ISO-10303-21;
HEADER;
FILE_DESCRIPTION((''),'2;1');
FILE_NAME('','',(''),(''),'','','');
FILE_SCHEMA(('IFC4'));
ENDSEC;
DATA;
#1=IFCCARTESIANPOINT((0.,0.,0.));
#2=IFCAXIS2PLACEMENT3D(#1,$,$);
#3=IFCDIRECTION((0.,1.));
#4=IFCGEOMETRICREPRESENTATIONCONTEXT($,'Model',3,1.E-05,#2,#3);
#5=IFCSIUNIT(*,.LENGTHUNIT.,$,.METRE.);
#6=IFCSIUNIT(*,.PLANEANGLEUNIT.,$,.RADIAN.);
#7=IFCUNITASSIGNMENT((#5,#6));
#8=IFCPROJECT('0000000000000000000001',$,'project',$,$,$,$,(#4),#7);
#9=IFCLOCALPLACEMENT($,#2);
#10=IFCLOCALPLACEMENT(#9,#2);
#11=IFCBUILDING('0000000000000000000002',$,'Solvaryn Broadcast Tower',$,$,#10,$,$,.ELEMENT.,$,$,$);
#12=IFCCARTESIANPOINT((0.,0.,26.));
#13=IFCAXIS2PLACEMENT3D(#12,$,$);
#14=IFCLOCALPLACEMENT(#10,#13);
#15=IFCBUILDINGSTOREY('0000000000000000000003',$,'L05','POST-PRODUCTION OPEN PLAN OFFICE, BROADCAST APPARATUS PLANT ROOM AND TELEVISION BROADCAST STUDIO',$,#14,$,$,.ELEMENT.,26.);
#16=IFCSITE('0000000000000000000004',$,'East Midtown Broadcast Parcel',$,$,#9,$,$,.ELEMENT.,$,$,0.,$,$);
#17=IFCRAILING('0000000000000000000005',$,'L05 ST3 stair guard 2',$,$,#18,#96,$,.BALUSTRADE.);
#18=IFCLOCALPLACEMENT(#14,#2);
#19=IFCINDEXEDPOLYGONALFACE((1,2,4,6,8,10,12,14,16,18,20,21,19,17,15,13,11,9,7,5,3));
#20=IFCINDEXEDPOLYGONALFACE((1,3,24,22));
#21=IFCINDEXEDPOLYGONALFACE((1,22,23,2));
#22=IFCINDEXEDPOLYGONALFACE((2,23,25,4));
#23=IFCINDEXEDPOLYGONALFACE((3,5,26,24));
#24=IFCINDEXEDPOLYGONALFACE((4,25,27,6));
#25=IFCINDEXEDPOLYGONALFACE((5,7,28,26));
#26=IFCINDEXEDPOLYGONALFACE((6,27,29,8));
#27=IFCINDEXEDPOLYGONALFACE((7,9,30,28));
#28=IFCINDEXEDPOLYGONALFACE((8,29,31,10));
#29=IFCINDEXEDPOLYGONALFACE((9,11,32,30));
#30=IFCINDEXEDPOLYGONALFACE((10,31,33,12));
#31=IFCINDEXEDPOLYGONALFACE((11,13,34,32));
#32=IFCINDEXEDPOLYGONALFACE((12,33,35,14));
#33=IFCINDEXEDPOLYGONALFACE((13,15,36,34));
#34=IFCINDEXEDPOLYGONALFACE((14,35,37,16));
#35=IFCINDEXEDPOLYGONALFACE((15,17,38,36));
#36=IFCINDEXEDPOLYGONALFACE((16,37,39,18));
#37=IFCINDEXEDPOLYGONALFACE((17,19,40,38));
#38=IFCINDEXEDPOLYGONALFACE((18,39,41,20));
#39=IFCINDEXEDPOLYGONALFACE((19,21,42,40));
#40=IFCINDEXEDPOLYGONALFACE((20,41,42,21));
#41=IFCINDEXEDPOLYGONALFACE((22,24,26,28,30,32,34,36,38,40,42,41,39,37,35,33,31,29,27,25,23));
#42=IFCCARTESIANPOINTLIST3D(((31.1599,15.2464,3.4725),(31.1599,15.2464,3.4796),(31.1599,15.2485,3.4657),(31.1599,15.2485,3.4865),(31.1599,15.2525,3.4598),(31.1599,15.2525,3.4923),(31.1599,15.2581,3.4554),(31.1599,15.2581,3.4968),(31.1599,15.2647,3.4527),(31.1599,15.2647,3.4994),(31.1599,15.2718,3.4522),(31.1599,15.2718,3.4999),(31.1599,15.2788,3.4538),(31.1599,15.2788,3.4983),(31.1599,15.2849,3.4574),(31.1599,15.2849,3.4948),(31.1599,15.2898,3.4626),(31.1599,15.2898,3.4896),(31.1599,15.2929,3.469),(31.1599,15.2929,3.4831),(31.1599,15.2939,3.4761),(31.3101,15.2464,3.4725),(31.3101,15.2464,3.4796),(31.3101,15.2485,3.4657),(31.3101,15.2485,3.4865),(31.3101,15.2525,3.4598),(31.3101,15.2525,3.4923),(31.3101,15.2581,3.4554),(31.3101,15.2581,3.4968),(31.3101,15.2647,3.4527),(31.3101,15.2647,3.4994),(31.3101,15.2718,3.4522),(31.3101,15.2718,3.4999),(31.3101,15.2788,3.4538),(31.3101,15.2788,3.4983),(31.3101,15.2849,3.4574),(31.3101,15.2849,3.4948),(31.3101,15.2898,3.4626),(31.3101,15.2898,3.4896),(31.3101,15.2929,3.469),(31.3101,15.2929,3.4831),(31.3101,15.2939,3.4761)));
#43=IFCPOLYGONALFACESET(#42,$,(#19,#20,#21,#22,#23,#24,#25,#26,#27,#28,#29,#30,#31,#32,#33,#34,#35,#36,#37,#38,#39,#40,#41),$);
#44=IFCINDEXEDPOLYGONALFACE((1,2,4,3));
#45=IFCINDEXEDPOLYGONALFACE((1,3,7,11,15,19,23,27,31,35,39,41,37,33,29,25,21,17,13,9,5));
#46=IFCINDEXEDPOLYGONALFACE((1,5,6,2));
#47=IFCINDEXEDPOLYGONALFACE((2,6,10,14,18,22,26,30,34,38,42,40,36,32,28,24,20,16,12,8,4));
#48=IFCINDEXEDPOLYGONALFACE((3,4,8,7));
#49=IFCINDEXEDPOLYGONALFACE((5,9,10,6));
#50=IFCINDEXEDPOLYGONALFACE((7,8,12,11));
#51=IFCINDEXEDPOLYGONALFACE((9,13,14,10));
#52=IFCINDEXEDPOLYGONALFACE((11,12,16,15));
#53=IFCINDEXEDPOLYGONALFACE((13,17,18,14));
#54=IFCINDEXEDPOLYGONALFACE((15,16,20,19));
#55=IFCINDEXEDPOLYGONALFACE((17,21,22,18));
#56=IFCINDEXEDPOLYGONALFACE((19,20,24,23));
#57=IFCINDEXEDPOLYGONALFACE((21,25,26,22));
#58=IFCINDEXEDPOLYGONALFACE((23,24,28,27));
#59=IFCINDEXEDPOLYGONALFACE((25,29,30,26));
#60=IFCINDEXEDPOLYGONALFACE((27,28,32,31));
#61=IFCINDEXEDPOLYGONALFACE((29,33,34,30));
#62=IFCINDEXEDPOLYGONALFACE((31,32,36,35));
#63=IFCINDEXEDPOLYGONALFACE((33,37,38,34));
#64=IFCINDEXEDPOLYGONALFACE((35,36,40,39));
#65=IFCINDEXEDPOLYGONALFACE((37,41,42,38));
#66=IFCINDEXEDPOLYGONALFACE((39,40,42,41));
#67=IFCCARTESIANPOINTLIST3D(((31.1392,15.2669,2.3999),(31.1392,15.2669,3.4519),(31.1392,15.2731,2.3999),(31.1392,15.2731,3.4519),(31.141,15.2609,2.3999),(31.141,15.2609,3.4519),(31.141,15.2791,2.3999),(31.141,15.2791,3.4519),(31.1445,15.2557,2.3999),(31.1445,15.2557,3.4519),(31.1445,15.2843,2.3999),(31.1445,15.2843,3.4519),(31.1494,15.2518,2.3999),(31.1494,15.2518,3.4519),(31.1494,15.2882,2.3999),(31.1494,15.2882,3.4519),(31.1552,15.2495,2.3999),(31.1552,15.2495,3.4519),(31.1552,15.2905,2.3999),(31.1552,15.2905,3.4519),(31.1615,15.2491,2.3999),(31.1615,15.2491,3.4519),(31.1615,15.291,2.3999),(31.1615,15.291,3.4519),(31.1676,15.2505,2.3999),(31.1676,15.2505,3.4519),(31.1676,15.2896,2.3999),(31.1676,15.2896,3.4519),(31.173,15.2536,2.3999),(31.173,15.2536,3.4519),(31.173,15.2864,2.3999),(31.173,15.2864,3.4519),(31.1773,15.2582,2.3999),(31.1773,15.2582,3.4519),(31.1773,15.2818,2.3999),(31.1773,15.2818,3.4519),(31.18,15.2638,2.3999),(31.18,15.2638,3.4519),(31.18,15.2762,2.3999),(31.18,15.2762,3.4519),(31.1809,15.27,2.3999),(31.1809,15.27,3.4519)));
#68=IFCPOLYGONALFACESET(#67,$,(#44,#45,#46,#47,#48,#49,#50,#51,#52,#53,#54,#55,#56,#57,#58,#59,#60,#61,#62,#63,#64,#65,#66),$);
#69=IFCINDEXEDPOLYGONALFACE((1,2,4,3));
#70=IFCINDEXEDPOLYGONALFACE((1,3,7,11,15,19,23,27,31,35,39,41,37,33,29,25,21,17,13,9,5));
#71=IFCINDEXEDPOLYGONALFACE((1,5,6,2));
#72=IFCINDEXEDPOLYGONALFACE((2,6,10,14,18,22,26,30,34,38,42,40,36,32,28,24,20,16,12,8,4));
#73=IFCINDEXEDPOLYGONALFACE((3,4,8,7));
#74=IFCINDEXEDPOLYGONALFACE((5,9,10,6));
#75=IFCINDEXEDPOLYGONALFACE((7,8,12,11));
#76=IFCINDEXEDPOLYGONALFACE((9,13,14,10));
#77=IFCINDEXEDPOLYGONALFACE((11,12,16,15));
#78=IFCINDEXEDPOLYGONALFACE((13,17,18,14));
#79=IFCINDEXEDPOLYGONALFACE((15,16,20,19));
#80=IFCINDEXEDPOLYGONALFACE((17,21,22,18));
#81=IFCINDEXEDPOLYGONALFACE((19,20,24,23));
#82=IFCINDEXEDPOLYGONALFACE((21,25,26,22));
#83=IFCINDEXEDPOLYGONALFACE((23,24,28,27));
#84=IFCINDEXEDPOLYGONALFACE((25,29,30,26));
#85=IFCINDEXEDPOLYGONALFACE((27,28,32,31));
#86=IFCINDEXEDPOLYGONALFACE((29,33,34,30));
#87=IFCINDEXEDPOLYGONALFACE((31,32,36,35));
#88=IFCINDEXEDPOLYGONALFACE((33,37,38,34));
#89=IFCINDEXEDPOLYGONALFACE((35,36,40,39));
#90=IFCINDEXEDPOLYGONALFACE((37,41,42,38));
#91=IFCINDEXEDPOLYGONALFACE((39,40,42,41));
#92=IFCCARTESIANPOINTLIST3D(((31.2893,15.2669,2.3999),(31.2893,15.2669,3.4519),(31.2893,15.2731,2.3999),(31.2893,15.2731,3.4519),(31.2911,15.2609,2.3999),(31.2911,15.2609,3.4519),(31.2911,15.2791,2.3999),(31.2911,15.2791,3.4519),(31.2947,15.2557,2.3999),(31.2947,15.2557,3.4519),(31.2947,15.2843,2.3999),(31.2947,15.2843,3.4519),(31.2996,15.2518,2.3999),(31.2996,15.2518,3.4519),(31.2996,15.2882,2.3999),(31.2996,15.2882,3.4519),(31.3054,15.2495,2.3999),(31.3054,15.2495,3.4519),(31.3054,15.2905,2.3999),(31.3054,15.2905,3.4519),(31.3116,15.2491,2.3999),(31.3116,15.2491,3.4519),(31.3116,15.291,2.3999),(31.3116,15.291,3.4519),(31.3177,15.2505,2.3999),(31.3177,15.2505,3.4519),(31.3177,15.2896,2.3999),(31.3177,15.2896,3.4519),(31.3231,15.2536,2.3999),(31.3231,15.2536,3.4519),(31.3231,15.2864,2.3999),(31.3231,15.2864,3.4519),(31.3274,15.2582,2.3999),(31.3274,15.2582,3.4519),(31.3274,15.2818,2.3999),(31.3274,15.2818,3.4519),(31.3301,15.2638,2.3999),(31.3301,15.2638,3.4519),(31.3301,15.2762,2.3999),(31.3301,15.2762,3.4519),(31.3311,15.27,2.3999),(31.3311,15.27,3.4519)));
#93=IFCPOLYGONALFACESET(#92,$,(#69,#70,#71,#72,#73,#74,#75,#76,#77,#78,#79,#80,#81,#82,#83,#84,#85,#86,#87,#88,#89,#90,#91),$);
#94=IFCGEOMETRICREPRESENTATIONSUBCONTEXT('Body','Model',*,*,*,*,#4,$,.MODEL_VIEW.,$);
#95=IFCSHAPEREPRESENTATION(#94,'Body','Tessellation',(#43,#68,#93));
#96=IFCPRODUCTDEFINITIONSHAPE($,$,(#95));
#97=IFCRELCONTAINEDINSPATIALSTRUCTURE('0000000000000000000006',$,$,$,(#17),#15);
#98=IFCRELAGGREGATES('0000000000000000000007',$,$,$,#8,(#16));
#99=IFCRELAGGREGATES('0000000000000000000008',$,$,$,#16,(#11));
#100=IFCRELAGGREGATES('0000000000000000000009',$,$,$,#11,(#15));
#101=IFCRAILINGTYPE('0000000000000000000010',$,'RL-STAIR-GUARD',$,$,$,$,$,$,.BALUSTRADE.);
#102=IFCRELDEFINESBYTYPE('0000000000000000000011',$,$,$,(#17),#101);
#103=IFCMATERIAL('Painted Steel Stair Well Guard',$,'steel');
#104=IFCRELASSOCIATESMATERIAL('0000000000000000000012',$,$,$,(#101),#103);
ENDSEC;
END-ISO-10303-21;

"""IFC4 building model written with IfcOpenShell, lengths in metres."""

from ifc_helpers import new_model, si_unit, direction, frame, origin, origin_2d, place, context, subcontext, project, spatial, circle, extrude, material, type_object, element, save


model = new_model("IFC4")

# Units and contexts
model_context = context("Model", 3, precision=1e-05, world=origin(), true_north=direction((0.0, 1.0)))
body_context = subcontext(model_context, "Body", "Model", "MODEL_VIEW")
ifc_project = project(units=[si_unit("LENGTHUNIT", "METRE"), si_unit("PLANEANGLEUNIT", "RADIAN")], contexts=[model_context])

# Site, building, storey
site_placement = place(None, origin())
site = spatial("IfcSite", under=ifc_project, at=site_placement, Name="East Midtown Broadcast Parcel", CompositionType="ELEMENT", RefElevation=0.0)
building_placement = place(site_placement, origin())
building = spatial("IfcBuilding", under=site, at=building_placement, Name="Solvaryn Broadcast Tower", CompositionType="ELEMENT")
storey_placement = place(building_placement, frame((0.0, 0.0, 26.0)))
storey = spatial("IfcBuildingStorey", under=building, at=storey_placement, Name="L05", Description="POST-PRODUCTION OPEN PLAN OFFICE, BROADCAST APPARATUS PLANT ROOM AND TELEVISION BROADCAST STUDIO", CompositionType="ELEMENT", Elevation=26.0)

# Railing
ifc_material_1 = material(Name="Painted Steel Stair Well Guard", Category="steel")
railing_type_1 = type_object("IfcRailingType", Name="RL-STAIR-GUARD", PredefinedType="BALUSTRADE", material=ifc_material_1)
railing_1_placement = place(storey_placement, frame((31.1599, 15.27, 2.3999)))
element("IfcRailing", 1, at=railing_1_placement, inside=storey, type_object=railing_type_1, Name="L05 ST3 stair guard 2", PredefinedType="BALUSTRADE", context=body_context, shape_type="SweptSolid", body=[
    extrude(circle(Radius=0.0239, at=origin_2d()), frame((0.0, 0.0, 1.0762), z_axis=(1.0, 0.0, 0.0), x_axis=(0.0, 1.0, 0.0)), (0.0, 0.0, 1.0), 0.1501),
    extrude(circle(Radius=0.021, at=origin_2d()), origin(), (0.0, 0.0, 1.0), 1.052),
    extrude(circle(Radius=0.021, at=origin_2d()), frame((0.1501, 0.0, 0.0)), (0.0, 0.0, 1.0), 1.052),
])

save(model, "model.ifc")
